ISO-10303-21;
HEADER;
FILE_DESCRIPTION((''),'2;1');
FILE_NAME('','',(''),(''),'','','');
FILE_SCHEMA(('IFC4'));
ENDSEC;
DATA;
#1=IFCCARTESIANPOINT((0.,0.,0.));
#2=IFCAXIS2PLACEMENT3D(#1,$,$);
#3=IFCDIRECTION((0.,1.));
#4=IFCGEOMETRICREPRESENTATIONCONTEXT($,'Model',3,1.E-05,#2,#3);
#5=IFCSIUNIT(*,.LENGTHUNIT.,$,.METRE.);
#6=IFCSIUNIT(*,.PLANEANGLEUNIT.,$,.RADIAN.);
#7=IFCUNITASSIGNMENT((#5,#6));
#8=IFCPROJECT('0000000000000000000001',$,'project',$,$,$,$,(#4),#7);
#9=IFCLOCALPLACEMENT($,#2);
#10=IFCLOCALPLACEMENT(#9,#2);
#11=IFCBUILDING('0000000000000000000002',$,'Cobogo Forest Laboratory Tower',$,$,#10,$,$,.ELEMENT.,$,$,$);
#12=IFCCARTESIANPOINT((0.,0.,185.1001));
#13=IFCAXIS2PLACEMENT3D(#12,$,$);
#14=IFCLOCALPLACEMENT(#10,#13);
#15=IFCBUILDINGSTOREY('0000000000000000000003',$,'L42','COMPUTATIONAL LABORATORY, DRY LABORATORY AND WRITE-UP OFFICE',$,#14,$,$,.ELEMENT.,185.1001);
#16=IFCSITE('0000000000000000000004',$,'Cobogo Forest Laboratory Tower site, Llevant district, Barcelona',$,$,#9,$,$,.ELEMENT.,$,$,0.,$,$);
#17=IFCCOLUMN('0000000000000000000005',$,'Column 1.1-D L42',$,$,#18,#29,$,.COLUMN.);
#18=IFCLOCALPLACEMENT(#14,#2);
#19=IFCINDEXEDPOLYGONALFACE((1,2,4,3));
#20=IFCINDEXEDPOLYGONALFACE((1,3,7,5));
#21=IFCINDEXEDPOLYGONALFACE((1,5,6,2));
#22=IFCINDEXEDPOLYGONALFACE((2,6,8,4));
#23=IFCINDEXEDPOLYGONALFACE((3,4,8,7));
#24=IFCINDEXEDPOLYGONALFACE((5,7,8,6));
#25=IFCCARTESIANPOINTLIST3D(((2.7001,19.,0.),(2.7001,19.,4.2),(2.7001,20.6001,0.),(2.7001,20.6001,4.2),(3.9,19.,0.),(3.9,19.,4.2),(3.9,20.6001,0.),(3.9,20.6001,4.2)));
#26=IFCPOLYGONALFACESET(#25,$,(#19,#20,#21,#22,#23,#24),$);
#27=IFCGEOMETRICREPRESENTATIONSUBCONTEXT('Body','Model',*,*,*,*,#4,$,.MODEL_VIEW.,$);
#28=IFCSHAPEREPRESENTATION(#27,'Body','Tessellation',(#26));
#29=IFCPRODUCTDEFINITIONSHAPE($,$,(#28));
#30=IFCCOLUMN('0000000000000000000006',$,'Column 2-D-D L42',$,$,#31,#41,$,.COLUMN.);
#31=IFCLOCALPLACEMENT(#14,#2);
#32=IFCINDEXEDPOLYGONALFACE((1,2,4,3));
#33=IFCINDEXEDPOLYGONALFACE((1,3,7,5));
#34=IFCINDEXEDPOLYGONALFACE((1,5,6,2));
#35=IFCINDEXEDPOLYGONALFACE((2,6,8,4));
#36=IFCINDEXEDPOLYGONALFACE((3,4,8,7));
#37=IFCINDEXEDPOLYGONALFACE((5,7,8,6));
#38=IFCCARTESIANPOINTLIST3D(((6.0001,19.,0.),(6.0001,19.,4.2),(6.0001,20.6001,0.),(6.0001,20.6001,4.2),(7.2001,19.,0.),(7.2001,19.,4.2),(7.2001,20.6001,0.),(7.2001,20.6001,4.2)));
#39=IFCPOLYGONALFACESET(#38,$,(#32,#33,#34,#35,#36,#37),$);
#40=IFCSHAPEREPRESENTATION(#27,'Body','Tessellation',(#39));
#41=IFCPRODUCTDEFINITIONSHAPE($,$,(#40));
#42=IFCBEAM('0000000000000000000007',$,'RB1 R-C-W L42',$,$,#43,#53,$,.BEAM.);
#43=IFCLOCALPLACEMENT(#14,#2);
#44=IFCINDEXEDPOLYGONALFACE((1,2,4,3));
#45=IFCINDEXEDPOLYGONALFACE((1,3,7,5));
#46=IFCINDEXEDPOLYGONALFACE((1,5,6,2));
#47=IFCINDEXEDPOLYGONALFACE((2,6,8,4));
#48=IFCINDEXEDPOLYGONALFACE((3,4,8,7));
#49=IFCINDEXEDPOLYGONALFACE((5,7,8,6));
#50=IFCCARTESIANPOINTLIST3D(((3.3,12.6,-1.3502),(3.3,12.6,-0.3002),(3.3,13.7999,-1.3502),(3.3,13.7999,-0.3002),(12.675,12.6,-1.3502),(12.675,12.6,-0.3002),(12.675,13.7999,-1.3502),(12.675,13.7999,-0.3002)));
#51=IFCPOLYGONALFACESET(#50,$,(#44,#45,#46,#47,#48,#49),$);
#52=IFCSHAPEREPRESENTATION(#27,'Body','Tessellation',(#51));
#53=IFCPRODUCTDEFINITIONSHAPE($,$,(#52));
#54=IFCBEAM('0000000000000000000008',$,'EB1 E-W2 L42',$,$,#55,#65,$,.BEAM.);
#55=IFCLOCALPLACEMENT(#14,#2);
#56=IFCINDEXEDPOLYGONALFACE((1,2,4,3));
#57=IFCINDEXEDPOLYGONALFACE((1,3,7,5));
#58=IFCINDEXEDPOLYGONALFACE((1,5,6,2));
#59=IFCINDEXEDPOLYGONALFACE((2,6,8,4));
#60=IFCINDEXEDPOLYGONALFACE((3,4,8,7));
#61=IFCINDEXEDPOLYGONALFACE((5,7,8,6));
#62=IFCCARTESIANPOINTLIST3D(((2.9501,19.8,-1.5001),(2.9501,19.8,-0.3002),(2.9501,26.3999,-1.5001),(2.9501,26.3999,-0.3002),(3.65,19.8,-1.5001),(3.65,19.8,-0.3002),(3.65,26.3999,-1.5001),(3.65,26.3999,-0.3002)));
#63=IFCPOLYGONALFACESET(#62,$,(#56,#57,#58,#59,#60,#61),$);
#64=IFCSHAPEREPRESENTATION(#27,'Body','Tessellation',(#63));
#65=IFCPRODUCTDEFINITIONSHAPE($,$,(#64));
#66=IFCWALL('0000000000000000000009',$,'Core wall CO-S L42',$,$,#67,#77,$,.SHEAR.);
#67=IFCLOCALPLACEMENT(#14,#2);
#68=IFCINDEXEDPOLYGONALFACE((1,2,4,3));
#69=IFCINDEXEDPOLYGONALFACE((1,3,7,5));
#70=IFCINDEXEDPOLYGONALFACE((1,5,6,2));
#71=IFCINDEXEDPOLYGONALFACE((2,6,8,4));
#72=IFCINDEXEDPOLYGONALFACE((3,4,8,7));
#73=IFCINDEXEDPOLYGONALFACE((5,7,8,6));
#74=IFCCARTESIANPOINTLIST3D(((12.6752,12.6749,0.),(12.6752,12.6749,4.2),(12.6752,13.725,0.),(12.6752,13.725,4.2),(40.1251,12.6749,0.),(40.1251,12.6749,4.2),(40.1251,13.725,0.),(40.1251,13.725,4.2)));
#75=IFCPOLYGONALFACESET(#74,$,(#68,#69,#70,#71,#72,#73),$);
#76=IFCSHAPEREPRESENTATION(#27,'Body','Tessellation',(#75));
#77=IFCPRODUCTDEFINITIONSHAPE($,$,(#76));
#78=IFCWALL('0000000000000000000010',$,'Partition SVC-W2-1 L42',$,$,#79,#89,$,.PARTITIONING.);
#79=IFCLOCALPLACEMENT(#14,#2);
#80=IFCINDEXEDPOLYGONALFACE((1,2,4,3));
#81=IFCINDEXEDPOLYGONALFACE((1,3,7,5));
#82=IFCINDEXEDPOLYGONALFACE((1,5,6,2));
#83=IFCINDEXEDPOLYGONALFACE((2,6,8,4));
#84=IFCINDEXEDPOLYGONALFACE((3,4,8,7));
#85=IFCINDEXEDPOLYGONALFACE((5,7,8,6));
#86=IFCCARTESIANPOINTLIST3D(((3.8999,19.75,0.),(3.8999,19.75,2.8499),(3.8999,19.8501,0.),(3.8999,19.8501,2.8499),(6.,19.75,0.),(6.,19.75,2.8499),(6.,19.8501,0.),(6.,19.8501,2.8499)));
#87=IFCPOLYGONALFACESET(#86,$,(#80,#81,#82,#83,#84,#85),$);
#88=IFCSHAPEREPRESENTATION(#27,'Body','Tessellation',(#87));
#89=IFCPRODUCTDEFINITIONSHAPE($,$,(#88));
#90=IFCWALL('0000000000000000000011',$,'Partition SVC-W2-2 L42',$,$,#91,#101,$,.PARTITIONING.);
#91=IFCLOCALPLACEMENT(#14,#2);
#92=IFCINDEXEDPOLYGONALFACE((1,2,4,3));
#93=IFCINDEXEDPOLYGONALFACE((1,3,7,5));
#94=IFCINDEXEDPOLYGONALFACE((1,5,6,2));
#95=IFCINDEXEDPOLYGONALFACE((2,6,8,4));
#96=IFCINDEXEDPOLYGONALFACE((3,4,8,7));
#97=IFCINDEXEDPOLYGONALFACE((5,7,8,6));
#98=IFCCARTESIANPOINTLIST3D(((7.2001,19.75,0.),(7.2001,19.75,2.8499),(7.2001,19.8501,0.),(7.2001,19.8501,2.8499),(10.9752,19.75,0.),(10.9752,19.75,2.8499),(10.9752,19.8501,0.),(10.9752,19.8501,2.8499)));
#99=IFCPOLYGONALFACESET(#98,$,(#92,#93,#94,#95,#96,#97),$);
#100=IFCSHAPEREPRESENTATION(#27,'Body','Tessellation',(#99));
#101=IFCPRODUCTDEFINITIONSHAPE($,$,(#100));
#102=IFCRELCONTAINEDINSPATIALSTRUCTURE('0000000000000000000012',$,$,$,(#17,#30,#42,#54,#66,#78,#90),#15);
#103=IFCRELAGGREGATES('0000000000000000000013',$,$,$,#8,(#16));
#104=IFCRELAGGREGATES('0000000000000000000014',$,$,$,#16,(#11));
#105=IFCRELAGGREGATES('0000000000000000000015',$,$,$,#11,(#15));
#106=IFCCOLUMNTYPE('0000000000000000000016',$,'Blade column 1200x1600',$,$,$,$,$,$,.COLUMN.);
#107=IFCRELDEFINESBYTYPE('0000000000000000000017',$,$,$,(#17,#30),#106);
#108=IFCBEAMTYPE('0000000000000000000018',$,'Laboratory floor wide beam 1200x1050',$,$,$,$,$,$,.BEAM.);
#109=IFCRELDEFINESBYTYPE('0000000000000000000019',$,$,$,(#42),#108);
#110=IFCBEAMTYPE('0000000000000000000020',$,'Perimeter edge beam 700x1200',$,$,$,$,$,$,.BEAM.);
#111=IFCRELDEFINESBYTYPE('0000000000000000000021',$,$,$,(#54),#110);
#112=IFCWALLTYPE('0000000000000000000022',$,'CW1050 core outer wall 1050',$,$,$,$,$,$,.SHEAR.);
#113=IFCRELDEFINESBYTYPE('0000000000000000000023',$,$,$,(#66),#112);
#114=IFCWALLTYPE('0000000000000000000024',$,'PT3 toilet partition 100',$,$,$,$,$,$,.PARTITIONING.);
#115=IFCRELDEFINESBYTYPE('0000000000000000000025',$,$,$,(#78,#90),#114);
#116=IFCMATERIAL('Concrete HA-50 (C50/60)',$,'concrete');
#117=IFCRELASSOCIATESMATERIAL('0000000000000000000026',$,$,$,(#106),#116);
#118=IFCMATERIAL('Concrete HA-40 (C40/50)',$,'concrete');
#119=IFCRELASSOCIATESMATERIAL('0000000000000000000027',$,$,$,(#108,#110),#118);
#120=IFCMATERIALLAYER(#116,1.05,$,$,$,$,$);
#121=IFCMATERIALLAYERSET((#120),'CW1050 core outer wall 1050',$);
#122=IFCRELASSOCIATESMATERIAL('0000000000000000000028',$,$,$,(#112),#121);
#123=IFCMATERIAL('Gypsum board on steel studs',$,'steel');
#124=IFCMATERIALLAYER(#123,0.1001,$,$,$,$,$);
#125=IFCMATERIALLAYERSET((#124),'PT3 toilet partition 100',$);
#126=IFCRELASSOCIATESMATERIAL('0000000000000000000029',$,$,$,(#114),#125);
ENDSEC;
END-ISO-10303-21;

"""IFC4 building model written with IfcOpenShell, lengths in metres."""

from ifc_helpers import new_model, si_unit, direction, frame, frame_2d, origin, origin_2d, place, context, subcontext, project, spatial, rectangle, extrude, material, layer, layer_set, material_profile, profile_set, type_object, element, save


model = new_model("IFC4")

# Units and contexts
model_context = context("Model", 3, precision=1e-05, world=origin(), true_north=direction((0.0, 1.0)))
body_context = subcontext(model_context, "Body", "Model", "MODEL_VIEW")
ifc_project = project(units=[si_unit("LENGTHUNIT", "METRE"), si_unit("PLANEANGLEUNIT", "RADIAN")], contexts=[model_context])

# Site, building, storey
site_placement = place(None, origin())
site = spatial("IfcSite", under=ifc_project, at=site_placement, Name="Cobogo Forest Laboratory Tower site, Llevant district, Barcelona", CompositionType="ELEMENT", RefElevation=0.0)
building_placement = place(site_placement, origin())
building = spatial("IfcBuilding", under=site, at=building_placement, Name="Cobogo Forest Laboratory Tower", CompositionType="ELEMENT")
storey_placement = place(building_placement, frame((0.0, 0.0, 185.1001)))
storey = spatial("IfcBuildingStorey", under=building, at=storey_placement, Name="L42", Description="COMPUTATIONAL LABORATORY, DRY LABORATORY AND WRITE-UP OFFICE", CompositionType="ELEMENT", Elevation=185.1001)

# Columns
ifc_material_1 = material(Name="Concrete HA-50 (C50/60)", Category="concrete")
ifc_material_profile_1 = material_profile(ifc_material_1, rectangle(XDim=1.6001, YDim=1.2, at=origin_2d()), Name="RC 1200x1600")
ifc_profile_set_1 = profile_set([ifc_material_profile_1], Name="Concrete HA-50 (C50/60)")
column_type = type_object("IfcColumnType", Name="Blade column 1200x1600", PredefinedType="COLUMN", material=ifc_profile_set_1)
for number, where, z_axis, x_axis, name in (
    (1, (3.3, 19.8, 0.0), (0.0, 0.0, 1.0), (0.0, 1.0, 0.0), "Column 1.1-D L42"),
    (2, (6.6001, 19.8, 0.0), (0.0, 0.0, 1.0), (0.0, 1.0, 0.0), "Column 2-D-D L42"),
):
    element("IfcColumn", number, at=place(storey_placement, frame(where, z_axis=z_axis, x_axis=x_axis)), inside=storey, type_object=column_type, Name=name, PredefinedType="COLUMN", context=body_context, shape_type="SweptSolid", body=[
        extrude(rectangle(XDim=1.6001, YDim=1.2, at=origin_2d()), origin(), (0.0, 0.0, 1.0), 4.2),
    ])

# Beams
ifc_material_2 = material(Name="Concrete HA-40 (C40/50)", Category="concrete")
ifc_material_profile_2 = material_profile(ifc_material_2, rectangle(XDim=1.2, YDim=1.05, at=origin_2d()), Name="RC 1200x1050")
ifc_profile_set_2 = profile_set([ifc_material_profile_2], Name="Concrete HA-40 (C40/50)")
beam_type_1 = type_object("IfcBeamType", Name="Laboratory floor wide beam 1200x1050", PredefinedType="BEAM", material=ifc_profile_set_2)
beam_1_placement = place(storey_placement, frame((12.675, 13.2, -0.8252), z_axis=(-1.0, 0.0, 0.0), x_axis=(0.0, -1.0, 0.0)))
element("IfcBeam", 3, at=beam_1_placement, inside=storey, type_object=beam_type_1, Name="RB1 R-C-W L42", PredefinedType="BEAM", context=body_context, shape_type="SweptSolid", body=[
    extrude(rectangle(XDim=1.2, YDim=1.05, at=origin_2d()), origin(), (0.0, 0.0, 1.0), 9.375),
])
ifc_material_profile_3 = material_profile(ifc_material_2, rectangle(XDim=0.7, YDim=1.2, at=origin_2d()), Name="RC 700x1200")
ifc_profile_set_3 = profile_set([ifc_material_profile_3], Name="Concrete HA-40 (C40/50)")
beam_type_2 = type_object("IfcBeamType", Name="Perimeter edge beam 700x1200", PredefinedType="BEAM", material=ifc_profile_set_3)
beam_2_placement = place(storey_placement, frame((3.3, 19.8, -0.9001), z_axis=(0.0, 1.0, 0.0), x_axis=(-1.0, 0.0, 0.0)))
element("IfcBeam", 4, at=beam_2_placement, inside=storey, type_object=beam_type_2, Name="EB1 E-W2 L42", PredefinedType="BEAM", context=body_context, shape_type="SweptSolid", body=[
    extrude(rectangle(XDim=0.7, YDim=1.2, at=origin_2d()), origin(), (0.0, 0.0, 1.0), 6.5999),
])

# Walls
ifc_layer_1 = layer(ifc_material_1, 1.05)
ifc_layer_set_1 = layer_set([ifc_layer_1], Name="CW1050 core outer wall 1050")
wall_type_1 = type_object("IfcWallType", Name="CW1050 core outer wall 1050", PredefinedType="SHEAR", material=ifc_layer_set_1)
wall_1_placement = place(storey_placement, frame((12.675, 13.2, 0.0), z_axis=(0.0, 0.0, 1.0), x_axis=(1.0, 0.0, 0.0)))
element("IfcWall", 5, at=wall_1_placement, inside=storey, type_object=wall_type_1, Name="Core wall CO-S L42", PredefinedType="SHEAR", context=body_context, shape_type="SweptSolid", body=[
    extrude(rectangle(XDim=27.45, YDim=1.05, at=frame_2d((13.7251, 0.0))), origin(), (0.0, 0.0, 1.0), 4.2),
])
ifc_material_3 = material(Name="Gypsum board on steel studs", Category="steel")
ifc_layer_2 = layer(ifc_material_3, 0.1001)
ifc_layer_set_2 = layer_set([ifc_layer_2], Name="PT3 toilet partition 100")
wall_type_2 = type_object("IfcWallType", Name="PT3 toilet partition 100", PredefinedType="PARTITIONING", material=ifc_layer_set_2)
wall_2_placement = place(storey_placement, frame((3.8999, 19.8, 0.0), z_axis=(0.0, 0.0, 1.0), x_axis=(1.0, 0.0, 0.0)))
element("IfcWall", 6, at=wall_2_placement, inside=storey, type_object=wall_type_2, Name="Partition SVC-W2-1 L42", PredefinedType="PARTITIONING", context=body_context, shape_type="SweptSolid", body=[
    extrude(rectangle(XDim=2.1001, YDim=0.1001, at=frame_2d((1.05, 0.0))), origin(), (0.0, 0.0, 1.0), 2.8499),
])
wall_3_placement = place(storey_placement, frame((7.2, 19.8, 0.0), z_axis=(0.0, 0.0, 1.0), x_axis=(1.0, 0.0, 0.0)))
element("IfcWall", 7, at=wall_3_placement, inside=storey, type_object=wall_type_2, Name="Partition SVC-W2-2 L42", PredefinedType="PARTITIONING", context=body_context, shape_type="SweptSolid", body=[
    extrude(rectangle(XDim=3.7751, YDim=0.1001, at=frame_2d((1.8877, 0.0))), origin(), (0.0, 0.0, 1.0), 2.8499),
])

save(model, "model.ifc")
